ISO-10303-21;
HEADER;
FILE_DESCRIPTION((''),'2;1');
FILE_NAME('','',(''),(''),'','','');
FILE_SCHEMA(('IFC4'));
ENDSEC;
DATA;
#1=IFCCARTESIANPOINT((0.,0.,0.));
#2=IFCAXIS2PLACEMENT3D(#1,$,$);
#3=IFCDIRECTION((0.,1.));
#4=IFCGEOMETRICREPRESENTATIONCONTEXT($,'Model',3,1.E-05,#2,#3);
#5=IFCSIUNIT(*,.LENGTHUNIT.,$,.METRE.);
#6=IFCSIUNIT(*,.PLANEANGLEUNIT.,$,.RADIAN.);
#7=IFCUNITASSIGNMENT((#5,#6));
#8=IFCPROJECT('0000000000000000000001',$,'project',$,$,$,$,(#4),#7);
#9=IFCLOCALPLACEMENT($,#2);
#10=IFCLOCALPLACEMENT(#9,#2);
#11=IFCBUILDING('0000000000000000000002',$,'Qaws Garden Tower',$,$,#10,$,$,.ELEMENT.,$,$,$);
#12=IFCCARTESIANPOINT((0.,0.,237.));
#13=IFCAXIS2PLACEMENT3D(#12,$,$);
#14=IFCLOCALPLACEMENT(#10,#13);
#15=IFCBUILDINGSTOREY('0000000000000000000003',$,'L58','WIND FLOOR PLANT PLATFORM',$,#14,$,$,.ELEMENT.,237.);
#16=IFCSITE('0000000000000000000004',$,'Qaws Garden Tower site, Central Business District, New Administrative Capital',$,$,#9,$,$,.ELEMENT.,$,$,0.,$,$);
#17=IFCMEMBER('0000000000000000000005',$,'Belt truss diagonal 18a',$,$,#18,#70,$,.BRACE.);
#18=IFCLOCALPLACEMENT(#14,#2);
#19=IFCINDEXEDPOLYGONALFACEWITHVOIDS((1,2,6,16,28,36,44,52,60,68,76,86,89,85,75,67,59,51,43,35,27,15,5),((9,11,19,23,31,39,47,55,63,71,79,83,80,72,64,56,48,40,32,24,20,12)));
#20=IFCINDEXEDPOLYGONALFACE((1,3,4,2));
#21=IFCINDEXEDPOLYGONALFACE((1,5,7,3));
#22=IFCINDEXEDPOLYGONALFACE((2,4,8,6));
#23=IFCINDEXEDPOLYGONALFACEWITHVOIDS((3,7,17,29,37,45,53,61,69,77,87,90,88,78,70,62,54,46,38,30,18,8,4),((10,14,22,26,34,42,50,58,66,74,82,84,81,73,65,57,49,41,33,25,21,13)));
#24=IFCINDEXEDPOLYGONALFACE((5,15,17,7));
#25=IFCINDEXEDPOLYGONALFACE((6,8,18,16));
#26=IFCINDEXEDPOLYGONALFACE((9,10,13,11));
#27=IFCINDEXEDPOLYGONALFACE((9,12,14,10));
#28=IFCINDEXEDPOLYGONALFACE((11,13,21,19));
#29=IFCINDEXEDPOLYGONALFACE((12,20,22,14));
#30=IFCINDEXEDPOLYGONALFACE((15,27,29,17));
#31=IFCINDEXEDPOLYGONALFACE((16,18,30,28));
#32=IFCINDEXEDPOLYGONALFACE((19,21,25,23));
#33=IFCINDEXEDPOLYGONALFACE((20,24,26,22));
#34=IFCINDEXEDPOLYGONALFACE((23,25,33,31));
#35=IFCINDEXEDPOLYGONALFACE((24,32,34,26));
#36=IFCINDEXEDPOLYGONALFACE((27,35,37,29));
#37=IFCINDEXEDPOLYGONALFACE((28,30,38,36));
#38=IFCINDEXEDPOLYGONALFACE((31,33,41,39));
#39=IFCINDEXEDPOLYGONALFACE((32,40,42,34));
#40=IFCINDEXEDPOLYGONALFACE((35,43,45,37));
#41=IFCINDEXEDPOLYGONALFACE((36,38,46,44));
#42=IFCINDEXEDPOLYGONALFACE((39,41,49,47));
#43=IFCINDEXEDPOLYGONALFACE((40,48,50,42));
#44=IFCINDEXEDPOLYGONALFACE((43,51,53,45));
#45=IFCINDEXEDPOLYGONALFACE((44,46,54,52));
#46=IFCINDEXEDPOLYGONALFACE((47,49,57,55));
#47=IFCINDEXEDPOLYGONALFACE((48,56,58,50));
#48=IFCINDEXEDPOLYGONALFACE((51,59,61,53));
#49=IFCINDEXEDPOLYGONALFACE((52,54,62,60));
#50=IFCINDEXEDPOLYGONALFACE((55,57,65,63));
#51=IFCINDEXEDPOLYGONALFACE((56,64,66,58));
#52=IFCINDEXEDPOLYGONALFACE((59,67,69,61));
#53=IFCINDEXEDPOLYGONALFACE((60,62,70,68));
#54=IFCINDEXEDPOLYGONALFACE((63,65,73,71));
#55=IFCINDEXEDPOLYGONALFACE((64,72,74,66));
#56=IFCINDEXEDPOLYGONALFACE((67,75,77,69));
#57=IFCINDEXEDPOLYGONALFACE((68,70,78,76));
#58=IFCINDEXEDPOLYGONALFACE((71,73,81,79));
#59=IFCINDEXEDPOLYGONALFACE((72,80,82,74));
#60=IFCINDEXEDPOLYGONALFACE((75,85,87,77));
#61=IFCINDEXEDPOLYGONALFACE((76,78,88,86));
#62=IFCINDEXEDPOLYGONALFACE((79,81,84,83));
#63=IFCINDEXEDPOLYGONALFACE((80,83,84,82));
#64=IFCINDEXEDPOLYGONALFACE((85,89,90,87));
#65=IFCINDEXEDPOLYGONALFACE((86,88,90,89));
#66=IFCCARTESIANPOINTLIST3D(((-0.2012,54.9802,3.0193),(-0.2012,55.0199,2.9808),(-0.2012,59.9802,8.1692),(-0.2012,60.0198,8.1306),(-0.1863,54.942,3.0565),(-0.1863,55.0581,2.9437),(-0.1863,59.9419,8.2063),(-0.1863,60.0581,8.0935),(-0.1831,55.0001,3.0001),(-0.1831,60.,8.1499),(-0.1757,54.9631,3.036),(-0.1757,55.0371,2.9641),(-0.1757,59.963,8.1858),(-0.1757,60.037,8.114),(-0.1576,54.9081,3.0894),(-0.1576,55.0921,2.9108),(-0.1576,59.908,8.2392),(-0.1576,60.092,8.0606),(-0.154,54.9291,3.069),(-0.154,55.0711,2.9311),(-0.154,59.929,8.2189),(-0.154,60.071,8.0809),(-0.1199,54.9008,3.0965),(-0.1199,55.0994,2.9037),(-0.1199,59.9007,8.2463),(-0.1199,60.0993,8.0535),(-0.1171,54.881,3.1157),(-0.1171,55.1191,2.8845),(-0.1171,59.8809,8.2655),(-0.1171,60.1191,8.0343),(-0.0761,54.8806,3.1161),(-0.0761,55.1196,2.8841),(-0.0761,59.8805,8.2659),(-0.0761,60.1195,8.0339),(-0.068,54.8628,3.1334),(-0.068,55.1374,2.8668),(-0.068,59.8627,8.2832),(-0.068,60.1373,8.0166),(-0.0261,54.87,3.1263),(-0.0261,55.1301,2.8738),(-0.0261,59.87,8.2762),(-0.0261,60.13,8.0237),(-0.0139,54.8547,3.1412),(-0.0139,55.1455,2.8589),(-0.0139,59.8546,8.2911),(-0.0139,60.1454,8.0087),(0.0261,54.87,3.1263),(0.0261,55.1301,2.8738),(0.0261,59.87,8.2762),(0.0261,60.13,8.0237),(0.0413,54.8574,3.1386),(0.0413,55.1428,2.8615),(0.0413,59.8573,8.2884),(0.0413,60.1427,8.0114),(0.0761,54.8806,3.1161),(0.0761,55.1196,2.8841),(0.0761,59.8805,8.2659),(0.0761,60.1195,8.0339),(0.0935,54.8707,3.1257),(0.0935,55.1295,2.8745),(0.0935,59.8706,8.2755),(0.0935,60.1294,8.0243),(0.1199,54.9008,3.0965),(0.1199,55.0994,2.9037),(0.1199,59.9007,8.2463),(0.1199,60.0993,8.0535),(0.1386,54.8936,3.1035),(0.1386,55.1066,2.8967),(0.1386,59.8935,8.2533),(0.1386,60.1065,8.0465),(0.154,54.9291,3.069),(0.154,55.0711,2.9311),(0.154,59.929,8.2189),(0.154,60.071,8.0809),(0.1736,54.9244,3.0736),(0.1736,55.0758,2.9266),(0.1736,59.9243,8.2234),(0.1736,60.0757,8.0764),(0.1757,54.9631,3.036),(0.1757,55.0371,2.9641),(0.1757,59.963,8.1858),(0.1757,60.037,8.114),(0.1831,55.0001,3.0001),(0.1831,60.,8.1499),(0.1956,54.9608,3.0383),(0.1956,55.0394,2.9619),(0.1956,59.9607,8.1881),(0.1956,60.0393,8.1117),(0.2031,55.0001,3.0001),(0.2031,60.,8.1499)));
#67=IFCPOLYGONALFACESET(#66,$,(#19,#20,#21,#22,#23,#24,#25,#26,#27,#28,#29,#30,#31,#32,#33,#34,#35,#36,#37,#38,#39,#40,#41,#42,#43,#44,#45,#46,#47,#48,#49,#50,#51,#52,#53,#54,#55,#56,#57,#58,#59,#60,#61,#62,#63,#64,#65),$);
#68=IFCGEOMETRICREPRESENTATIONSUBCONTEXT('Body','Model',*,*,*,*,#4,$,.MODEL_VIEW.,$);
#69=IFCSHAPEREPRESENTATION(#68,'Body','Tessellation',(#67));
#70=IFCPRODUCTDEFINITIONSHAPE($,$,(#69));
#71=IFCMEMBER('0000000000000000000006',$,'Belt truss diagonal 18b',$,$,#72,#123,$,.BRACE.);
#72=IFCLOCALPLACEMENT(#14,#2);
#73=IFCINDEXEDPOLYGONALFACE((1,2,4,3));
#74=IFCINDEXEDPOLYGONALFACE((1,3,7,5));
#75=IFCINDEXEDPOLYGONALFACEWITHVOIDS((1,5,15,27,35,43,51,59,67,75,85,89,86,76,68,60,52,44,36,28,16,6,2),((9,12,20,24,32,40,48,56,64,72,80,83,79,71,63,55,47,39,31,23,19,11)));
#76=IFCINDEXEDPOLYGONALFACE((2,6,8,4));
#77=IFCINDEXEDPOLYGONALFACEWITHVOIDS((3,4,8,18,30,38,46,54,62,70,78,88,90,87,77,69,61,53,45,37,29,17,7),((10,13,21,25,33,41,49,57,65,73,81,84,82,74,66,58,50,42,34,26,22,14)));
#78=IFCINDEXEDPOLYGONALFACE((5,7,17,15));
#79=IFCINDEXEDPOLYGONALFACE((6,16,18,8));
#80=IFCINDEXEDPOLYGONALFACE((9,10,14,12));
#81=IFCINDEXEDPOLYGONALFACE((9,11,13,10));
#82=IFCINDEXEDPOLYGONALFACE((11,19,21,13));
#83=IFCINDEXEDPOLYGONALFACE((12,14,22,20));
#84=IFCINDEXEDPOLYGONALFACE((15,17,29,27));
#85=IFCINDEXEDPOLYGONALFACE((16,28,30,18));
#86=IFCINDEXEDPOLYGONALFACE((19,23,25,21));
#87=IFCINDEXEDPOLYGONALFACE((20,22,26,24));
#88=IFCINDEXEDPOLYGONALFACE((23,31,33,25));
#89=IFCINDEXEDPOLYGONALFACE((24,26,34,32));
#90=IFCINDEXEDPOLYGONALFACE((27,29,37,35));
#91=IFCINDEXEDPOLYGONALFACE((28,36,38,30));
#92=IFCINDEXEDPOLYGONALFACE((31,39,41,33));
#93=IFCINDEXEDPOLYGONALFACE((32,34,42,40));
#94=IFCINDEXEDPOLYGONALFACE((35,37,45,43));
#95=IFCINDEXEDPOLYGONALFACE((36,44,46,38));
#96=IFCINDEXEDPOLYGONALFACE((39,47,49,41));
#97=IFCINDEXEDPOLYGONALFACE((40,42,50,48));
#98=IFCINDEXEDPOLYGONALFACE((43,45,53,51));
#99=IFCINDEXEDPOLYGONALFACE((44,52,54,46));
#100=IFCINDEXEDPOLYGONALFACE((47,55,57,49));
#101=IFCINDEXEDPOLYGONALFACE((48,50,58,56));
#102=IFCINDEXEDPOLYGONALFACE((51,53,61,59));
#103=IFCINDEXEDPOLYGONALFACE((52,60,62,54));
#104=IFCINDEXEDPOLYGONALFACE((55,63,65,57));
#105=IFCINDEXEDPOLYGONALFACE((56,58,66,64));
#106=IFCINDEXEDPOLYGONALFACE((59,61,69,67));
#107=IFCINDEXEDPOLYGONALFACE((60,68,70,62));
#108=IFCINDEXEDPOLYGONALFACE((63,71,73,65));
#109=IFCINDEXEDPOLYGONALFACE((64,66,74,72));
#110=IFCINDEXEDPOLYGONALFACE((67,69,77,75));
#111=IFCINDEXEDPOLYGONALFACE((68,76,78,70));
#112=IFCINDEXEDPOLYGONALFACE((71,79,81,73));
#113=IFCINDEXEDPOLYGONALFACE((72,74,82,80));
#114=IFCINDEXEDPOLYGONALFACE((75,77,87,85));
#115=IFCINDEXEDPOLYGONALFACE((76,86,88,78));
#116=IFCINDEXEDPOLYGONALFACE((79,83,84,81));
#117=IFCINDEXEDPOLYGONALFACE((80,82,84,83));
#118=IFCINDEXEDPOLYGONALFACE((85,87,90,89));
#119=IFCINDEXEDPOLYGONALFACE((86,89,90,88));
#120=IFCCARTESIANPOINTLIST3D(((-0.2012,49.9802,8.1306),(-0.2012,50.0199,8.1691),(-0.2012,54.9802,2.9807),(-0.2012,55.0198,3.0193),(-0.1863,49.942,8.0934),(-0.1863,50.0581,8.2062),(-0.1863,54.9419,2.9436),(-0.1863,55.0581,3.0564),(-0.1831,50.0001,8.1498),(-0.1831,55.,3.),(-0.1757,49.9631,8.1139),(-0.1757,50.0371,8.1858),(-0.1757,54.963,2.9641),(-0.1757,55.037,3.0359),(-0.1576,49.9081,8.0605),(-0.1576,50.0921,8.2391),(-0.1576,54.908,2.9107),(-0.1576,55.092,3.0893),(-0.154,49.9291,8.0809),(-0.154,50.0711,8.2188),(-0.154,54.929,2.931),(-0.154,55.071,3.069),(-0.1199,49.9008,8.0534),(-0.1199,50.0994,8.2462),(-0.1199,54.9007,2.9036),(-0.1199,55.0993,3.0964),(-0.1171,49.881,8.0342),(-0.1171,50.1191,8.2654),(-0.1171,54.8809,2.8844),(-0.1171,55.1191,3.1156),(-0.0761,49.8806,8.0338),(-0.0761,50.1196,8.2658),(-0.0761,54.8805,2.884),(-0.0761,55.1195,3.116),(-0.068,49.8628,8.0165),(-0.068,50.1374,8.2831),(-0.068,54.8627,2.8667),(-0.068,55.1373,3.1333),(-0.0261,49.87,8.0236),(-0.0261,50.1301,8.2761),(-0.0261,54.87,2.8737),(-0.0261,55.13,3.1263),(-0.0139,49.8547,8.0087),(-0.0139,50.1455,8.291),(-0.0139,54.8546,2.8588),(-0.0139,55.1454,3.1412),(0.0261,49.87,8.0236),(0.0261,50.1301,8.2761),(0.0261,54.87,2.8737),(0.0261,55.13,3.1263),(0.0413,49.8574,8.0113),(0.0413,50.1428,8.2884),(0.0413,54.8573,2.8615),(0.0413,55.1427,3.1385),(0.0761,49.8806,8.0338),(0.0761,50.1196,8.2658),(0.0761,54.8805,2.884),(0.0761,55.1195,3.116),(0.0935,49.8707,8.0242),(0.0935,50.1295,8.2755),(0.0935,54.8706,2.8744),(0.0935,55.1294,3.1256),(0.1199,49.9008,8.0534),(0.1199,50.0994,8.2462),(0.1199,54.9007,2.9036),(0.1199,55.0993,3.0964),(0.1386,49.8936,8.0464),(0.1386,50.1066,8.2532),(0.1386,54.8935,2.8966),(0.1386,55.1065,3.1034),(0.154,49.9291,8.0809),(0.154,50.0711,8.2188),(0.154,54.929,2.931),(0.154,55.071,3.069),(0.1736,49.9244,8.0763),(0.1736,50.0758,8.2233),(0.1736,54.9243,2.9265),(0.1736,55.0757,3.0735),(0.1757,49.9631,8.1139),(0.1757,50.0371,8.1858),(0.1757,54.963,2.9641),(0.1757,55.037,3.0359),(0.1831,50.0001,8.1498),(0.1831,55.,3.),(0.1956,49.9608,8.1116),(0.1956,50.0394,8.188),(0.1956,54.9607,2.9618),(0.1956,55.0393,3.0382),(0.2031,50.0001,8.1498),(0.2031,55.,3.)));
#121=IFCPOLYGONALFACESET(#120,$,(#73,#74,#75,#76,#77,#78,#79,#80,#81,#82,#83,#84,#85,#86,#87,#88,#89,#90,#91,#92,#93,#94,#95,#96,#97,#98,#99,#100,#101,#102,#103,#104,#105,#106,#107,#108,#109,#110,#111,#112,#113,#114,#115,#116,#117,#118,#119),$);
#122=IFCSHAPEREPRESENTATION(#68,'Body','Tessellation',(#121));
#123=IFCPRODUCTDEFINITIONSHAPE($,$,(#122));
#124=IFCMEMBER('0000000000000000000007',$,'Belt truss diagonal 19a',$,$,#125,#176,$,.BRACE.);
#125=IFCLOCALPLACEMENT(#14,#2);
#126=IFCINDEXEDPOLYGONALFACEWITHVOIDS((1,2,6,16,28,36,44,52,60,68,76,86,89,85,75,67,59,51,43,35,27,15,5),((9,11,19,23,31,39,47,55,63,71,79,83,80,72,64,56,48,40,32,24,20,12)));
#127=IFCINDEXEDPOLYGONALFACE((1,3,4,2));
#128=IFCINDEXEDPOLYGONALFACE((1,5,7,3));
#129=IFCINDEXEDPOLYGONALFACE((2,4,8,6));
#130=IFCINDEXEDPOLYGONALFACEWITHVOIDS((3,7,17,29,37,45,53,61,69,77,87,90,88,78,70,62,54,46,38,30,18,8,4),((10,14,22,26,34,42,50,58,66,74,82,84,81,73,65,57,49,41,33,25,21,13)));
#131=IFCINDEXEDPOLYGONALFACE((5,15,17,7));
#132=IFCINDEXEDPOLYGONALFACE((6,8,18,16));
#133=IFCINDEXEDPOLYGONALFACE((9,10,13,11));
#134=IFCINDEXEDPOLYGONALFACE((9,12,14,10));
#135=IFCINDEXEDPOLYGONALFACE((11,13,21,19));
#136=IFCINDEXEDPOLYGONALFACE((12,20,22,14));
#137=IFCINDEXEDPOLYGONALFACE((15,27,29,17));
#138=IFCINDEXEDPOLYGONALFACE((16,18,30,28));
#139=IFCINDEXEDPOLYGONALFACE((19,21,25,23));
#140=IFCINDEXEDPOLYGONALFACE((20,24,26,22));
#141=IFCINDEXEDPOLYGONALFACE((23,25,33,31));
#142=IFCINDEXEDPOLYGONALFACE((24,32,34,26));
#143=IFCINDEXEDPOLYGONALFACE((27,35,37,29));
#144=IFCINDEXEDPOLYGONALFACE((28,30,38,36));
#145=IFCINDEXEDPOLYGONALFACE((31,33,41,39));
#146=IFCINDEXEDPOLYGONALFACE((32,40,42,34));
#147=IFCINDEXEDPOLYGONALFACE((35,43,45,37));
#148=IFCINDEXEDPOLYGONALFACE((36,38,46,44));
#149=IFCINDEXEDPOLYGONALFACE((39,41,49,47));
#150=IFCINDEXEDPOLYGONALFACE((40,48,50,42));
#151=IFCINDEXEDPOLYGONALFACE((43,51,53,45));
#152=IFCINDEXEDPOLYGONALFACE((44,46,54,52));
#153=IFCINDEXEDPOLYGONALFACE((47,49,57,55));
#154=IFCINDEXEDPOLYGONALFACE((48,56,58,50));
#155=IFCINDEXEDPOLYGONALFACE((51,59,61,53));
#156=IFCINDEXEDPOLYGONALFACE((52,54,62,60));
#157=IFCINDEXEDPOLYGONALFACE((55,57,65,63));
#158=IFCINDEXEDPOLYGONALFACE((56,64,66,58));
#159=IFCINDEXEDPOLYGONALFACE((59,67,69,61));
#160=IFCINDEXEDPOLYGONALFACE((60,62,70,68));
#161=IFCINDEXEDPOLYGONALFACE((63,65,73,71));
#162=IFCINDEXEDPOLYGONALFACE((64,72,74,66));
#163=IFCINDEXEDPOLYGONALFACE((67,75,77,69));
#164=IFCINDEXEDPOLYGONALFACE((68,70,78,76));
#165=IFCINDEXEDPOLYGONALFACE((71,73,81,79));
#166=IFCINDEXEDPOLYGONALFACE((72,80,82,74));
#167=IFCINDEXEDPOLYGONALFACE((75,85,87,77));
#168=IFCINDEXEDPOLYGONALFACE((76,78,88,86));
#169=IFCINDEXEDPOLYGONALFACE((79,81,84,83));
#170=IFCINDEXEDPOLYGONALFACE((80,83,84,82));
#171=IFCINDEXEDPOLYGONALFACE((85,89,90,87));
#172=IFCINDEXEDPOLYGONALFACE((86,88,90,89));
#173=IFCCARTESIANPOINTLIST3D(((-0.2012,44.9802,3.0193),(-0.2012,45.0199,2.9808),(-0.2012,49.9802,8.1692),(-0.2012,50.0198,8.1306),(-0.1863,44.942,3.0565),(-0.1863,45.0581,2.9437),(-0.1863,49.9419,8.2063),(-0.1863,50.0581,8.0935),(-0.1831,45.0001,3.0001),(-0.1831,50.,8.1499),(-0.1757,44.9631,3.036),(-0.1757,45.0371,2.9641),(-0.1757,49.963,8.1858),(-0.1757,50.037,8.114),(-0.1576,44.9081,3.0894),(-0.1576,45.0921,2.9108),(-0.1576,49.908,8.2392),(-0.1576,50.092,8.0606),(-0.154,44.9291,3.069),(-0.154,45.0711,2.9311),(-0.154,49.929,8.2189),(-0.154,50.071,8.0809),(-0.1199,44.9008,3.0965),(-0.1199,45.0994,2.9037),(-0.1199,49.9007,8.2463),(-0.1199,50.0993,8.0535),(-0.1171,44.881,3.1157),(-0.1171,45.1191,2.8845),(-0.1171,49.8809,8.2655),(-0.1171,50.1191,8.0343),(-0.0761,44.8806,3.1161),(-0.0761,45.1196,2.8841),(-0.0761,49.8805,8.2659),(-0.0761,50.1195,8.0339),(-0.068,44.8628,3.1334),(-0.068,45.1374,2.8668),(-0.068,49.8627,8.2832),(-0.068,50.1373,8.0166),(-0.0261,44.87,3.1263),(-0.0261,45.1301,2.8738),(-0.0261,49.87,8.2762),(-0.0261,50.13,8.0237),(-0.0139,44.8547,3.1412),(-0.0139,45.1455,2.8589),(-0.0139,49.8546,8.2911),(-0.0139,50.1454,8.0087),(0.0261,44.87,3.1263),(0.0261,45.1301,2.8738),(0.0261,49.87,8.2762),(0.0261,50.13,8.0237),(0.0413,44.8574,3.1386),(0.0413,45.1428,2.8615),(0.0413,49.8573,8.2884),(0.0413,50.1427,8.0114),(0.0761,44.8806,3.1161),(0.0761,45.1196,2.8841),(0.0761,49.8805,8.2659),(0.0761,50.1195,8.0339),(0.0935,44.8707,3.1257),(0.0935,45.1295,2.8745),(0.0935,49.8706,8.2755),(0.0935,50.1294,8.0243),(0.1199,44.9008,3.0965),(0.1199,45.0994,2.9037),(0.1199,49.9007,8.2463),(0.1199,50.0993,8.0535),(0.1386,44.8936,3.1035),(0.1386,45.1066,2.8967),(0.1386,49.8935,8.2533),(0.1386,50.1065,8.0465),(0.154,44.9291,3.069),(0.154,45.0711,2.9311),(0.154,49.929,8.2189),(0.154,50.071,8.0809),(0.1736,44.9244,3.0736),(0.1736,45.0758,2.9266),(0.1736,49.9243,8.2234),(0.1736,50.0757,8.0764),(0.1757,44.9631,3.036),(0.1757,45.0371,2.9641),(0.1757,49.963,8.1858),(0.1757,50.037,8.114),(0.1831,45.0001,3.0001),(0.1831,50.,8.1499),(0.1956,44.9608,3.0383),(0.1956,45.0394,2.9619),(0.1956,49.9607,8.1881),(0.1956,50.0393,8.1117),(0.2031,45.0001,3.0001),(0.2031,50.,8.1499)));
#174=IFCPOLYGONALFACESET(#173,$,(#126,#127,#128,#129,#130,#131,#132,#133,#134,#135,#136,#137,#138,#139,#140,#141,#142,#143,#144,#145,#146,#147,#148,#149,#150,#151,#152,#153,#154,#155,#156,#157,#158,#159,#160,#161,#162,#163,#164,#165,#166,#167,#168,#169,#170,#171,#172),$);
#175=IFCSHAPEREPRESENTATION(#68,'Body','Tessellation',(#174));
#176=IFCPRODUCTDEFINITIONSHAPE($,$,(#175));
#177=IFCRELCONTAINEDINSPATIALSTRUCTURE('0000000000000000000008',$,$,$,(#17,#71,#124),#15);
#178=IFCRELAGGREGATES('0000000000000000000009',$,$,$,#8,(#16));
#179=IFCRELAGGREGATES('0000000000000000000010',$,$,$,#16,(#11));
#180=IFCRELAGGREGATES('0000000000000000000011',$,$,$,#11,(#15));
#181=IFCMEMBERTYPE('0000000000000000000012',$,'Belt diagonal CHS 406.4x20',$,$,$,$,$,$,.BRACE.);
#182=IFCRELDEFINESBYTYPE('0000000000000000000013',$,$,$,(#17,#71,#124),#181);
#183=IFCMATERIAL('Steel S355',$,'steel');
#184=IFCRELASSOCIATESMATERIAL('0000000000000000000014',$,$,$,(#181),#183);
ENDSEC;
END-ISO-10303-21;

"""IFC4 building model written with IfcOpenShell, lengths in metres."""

from ifc_helpers import new_model, si_unit, direction, frame, origin, origin_2d, place, context, subcontext, project, spatial, hollow_circle, extrude, material, material_profile, profile_set, type_object, element, save


model = new_model("IFC4")

# Units and contexts
model_context = context("Model", 3, precision=1e-05, world=origin(), true_north=direction((0.0, 1.0)))
body_context = subcontext(model_context, "Body", "Model", "MODEL_VIEW")
ifc_project = project(units=[si_unit("LENGTHUNIT", "METRE"), si_unit("PLANEANGLEUNIT", "RADIAN")], contexts=[model_context])

# Site, building, storey
site_placement = place(None, origin())
site = spatial("IfcSite", under=ifc_project, at=site_placement, Name="Qaws Garden Tower site, Central Business District, New Administrative Capital", CompositionType="ELEMENT", RefElevation=0.0)
building_placement = place(site_placement, origin())
building = spatial("IfcBuilding", under=site, at=building_placement, Name="Qaws Garden Tower", CompositionType="ELEMENT")
storey_placement = place(building_placement, frame((0.0, 0.0, 237.0)))
storey = spatial("IfcBuildingStorey", under=building, at=storey_placement, Name="L58", Description="WIND FLOOR PLANT PLATFORM", CompositionType="ELEMENT", Elevation=237.0)

# Members
ifc_material_1 = material(Name="Steel S355", Category="steel")
ifc_material_profile_1 = material_profile(ifc_material_1, hollow_circle(Radius=0.2031, WallThickness=0.02, at=origin_2d()), Name="CHS 406.4x20")
ifc_profile_set_1 = profile_set([ifc_material_profile_1], Name="Steel S355")
member_type_1 = type_object("IfcMemberType", Name="Belt diagonal CHS 406.4x20", PredefinedType="BRACE", material=ifc_profile_set_1)
for number, where, z_axis, x_axis, name in (
    (1, (0.0, 60.0, 8.1499), (0.0, -0.696588, -0.717472), (1.0, 0.0, 0.0), "Belt truss diagonal 18a"),
    (2, (0.0, 55.0, 3.0), (0.0, -0.696588, 0.717472), (1.0, 0.0, 0.0), "Belt truss diagonal 18b"),
    (3, (0.0, 50.0, 8.1499), (0.0, -0.696588, -0.717472), (1.0, 0.0, 0.0), "Belt truss diagonal 19a"),
):
    element("IfcMember", number, at=place(storey_placement, frame(where, z_axis=z_axis, x_axis=x_axis)), inside=storey, type_object=member_type_1, Name=name, PredefinedType="BRACE", context=body_context, shape_type="SweptSolid", body=[
        extrude(hollow_circle(Radius=0.2031, WallThickness=0.02, at=origin_2d()), origin(), (0.0, 0.0, 1.0), 7.1777),
    ])

save(model, "model.ifc")
